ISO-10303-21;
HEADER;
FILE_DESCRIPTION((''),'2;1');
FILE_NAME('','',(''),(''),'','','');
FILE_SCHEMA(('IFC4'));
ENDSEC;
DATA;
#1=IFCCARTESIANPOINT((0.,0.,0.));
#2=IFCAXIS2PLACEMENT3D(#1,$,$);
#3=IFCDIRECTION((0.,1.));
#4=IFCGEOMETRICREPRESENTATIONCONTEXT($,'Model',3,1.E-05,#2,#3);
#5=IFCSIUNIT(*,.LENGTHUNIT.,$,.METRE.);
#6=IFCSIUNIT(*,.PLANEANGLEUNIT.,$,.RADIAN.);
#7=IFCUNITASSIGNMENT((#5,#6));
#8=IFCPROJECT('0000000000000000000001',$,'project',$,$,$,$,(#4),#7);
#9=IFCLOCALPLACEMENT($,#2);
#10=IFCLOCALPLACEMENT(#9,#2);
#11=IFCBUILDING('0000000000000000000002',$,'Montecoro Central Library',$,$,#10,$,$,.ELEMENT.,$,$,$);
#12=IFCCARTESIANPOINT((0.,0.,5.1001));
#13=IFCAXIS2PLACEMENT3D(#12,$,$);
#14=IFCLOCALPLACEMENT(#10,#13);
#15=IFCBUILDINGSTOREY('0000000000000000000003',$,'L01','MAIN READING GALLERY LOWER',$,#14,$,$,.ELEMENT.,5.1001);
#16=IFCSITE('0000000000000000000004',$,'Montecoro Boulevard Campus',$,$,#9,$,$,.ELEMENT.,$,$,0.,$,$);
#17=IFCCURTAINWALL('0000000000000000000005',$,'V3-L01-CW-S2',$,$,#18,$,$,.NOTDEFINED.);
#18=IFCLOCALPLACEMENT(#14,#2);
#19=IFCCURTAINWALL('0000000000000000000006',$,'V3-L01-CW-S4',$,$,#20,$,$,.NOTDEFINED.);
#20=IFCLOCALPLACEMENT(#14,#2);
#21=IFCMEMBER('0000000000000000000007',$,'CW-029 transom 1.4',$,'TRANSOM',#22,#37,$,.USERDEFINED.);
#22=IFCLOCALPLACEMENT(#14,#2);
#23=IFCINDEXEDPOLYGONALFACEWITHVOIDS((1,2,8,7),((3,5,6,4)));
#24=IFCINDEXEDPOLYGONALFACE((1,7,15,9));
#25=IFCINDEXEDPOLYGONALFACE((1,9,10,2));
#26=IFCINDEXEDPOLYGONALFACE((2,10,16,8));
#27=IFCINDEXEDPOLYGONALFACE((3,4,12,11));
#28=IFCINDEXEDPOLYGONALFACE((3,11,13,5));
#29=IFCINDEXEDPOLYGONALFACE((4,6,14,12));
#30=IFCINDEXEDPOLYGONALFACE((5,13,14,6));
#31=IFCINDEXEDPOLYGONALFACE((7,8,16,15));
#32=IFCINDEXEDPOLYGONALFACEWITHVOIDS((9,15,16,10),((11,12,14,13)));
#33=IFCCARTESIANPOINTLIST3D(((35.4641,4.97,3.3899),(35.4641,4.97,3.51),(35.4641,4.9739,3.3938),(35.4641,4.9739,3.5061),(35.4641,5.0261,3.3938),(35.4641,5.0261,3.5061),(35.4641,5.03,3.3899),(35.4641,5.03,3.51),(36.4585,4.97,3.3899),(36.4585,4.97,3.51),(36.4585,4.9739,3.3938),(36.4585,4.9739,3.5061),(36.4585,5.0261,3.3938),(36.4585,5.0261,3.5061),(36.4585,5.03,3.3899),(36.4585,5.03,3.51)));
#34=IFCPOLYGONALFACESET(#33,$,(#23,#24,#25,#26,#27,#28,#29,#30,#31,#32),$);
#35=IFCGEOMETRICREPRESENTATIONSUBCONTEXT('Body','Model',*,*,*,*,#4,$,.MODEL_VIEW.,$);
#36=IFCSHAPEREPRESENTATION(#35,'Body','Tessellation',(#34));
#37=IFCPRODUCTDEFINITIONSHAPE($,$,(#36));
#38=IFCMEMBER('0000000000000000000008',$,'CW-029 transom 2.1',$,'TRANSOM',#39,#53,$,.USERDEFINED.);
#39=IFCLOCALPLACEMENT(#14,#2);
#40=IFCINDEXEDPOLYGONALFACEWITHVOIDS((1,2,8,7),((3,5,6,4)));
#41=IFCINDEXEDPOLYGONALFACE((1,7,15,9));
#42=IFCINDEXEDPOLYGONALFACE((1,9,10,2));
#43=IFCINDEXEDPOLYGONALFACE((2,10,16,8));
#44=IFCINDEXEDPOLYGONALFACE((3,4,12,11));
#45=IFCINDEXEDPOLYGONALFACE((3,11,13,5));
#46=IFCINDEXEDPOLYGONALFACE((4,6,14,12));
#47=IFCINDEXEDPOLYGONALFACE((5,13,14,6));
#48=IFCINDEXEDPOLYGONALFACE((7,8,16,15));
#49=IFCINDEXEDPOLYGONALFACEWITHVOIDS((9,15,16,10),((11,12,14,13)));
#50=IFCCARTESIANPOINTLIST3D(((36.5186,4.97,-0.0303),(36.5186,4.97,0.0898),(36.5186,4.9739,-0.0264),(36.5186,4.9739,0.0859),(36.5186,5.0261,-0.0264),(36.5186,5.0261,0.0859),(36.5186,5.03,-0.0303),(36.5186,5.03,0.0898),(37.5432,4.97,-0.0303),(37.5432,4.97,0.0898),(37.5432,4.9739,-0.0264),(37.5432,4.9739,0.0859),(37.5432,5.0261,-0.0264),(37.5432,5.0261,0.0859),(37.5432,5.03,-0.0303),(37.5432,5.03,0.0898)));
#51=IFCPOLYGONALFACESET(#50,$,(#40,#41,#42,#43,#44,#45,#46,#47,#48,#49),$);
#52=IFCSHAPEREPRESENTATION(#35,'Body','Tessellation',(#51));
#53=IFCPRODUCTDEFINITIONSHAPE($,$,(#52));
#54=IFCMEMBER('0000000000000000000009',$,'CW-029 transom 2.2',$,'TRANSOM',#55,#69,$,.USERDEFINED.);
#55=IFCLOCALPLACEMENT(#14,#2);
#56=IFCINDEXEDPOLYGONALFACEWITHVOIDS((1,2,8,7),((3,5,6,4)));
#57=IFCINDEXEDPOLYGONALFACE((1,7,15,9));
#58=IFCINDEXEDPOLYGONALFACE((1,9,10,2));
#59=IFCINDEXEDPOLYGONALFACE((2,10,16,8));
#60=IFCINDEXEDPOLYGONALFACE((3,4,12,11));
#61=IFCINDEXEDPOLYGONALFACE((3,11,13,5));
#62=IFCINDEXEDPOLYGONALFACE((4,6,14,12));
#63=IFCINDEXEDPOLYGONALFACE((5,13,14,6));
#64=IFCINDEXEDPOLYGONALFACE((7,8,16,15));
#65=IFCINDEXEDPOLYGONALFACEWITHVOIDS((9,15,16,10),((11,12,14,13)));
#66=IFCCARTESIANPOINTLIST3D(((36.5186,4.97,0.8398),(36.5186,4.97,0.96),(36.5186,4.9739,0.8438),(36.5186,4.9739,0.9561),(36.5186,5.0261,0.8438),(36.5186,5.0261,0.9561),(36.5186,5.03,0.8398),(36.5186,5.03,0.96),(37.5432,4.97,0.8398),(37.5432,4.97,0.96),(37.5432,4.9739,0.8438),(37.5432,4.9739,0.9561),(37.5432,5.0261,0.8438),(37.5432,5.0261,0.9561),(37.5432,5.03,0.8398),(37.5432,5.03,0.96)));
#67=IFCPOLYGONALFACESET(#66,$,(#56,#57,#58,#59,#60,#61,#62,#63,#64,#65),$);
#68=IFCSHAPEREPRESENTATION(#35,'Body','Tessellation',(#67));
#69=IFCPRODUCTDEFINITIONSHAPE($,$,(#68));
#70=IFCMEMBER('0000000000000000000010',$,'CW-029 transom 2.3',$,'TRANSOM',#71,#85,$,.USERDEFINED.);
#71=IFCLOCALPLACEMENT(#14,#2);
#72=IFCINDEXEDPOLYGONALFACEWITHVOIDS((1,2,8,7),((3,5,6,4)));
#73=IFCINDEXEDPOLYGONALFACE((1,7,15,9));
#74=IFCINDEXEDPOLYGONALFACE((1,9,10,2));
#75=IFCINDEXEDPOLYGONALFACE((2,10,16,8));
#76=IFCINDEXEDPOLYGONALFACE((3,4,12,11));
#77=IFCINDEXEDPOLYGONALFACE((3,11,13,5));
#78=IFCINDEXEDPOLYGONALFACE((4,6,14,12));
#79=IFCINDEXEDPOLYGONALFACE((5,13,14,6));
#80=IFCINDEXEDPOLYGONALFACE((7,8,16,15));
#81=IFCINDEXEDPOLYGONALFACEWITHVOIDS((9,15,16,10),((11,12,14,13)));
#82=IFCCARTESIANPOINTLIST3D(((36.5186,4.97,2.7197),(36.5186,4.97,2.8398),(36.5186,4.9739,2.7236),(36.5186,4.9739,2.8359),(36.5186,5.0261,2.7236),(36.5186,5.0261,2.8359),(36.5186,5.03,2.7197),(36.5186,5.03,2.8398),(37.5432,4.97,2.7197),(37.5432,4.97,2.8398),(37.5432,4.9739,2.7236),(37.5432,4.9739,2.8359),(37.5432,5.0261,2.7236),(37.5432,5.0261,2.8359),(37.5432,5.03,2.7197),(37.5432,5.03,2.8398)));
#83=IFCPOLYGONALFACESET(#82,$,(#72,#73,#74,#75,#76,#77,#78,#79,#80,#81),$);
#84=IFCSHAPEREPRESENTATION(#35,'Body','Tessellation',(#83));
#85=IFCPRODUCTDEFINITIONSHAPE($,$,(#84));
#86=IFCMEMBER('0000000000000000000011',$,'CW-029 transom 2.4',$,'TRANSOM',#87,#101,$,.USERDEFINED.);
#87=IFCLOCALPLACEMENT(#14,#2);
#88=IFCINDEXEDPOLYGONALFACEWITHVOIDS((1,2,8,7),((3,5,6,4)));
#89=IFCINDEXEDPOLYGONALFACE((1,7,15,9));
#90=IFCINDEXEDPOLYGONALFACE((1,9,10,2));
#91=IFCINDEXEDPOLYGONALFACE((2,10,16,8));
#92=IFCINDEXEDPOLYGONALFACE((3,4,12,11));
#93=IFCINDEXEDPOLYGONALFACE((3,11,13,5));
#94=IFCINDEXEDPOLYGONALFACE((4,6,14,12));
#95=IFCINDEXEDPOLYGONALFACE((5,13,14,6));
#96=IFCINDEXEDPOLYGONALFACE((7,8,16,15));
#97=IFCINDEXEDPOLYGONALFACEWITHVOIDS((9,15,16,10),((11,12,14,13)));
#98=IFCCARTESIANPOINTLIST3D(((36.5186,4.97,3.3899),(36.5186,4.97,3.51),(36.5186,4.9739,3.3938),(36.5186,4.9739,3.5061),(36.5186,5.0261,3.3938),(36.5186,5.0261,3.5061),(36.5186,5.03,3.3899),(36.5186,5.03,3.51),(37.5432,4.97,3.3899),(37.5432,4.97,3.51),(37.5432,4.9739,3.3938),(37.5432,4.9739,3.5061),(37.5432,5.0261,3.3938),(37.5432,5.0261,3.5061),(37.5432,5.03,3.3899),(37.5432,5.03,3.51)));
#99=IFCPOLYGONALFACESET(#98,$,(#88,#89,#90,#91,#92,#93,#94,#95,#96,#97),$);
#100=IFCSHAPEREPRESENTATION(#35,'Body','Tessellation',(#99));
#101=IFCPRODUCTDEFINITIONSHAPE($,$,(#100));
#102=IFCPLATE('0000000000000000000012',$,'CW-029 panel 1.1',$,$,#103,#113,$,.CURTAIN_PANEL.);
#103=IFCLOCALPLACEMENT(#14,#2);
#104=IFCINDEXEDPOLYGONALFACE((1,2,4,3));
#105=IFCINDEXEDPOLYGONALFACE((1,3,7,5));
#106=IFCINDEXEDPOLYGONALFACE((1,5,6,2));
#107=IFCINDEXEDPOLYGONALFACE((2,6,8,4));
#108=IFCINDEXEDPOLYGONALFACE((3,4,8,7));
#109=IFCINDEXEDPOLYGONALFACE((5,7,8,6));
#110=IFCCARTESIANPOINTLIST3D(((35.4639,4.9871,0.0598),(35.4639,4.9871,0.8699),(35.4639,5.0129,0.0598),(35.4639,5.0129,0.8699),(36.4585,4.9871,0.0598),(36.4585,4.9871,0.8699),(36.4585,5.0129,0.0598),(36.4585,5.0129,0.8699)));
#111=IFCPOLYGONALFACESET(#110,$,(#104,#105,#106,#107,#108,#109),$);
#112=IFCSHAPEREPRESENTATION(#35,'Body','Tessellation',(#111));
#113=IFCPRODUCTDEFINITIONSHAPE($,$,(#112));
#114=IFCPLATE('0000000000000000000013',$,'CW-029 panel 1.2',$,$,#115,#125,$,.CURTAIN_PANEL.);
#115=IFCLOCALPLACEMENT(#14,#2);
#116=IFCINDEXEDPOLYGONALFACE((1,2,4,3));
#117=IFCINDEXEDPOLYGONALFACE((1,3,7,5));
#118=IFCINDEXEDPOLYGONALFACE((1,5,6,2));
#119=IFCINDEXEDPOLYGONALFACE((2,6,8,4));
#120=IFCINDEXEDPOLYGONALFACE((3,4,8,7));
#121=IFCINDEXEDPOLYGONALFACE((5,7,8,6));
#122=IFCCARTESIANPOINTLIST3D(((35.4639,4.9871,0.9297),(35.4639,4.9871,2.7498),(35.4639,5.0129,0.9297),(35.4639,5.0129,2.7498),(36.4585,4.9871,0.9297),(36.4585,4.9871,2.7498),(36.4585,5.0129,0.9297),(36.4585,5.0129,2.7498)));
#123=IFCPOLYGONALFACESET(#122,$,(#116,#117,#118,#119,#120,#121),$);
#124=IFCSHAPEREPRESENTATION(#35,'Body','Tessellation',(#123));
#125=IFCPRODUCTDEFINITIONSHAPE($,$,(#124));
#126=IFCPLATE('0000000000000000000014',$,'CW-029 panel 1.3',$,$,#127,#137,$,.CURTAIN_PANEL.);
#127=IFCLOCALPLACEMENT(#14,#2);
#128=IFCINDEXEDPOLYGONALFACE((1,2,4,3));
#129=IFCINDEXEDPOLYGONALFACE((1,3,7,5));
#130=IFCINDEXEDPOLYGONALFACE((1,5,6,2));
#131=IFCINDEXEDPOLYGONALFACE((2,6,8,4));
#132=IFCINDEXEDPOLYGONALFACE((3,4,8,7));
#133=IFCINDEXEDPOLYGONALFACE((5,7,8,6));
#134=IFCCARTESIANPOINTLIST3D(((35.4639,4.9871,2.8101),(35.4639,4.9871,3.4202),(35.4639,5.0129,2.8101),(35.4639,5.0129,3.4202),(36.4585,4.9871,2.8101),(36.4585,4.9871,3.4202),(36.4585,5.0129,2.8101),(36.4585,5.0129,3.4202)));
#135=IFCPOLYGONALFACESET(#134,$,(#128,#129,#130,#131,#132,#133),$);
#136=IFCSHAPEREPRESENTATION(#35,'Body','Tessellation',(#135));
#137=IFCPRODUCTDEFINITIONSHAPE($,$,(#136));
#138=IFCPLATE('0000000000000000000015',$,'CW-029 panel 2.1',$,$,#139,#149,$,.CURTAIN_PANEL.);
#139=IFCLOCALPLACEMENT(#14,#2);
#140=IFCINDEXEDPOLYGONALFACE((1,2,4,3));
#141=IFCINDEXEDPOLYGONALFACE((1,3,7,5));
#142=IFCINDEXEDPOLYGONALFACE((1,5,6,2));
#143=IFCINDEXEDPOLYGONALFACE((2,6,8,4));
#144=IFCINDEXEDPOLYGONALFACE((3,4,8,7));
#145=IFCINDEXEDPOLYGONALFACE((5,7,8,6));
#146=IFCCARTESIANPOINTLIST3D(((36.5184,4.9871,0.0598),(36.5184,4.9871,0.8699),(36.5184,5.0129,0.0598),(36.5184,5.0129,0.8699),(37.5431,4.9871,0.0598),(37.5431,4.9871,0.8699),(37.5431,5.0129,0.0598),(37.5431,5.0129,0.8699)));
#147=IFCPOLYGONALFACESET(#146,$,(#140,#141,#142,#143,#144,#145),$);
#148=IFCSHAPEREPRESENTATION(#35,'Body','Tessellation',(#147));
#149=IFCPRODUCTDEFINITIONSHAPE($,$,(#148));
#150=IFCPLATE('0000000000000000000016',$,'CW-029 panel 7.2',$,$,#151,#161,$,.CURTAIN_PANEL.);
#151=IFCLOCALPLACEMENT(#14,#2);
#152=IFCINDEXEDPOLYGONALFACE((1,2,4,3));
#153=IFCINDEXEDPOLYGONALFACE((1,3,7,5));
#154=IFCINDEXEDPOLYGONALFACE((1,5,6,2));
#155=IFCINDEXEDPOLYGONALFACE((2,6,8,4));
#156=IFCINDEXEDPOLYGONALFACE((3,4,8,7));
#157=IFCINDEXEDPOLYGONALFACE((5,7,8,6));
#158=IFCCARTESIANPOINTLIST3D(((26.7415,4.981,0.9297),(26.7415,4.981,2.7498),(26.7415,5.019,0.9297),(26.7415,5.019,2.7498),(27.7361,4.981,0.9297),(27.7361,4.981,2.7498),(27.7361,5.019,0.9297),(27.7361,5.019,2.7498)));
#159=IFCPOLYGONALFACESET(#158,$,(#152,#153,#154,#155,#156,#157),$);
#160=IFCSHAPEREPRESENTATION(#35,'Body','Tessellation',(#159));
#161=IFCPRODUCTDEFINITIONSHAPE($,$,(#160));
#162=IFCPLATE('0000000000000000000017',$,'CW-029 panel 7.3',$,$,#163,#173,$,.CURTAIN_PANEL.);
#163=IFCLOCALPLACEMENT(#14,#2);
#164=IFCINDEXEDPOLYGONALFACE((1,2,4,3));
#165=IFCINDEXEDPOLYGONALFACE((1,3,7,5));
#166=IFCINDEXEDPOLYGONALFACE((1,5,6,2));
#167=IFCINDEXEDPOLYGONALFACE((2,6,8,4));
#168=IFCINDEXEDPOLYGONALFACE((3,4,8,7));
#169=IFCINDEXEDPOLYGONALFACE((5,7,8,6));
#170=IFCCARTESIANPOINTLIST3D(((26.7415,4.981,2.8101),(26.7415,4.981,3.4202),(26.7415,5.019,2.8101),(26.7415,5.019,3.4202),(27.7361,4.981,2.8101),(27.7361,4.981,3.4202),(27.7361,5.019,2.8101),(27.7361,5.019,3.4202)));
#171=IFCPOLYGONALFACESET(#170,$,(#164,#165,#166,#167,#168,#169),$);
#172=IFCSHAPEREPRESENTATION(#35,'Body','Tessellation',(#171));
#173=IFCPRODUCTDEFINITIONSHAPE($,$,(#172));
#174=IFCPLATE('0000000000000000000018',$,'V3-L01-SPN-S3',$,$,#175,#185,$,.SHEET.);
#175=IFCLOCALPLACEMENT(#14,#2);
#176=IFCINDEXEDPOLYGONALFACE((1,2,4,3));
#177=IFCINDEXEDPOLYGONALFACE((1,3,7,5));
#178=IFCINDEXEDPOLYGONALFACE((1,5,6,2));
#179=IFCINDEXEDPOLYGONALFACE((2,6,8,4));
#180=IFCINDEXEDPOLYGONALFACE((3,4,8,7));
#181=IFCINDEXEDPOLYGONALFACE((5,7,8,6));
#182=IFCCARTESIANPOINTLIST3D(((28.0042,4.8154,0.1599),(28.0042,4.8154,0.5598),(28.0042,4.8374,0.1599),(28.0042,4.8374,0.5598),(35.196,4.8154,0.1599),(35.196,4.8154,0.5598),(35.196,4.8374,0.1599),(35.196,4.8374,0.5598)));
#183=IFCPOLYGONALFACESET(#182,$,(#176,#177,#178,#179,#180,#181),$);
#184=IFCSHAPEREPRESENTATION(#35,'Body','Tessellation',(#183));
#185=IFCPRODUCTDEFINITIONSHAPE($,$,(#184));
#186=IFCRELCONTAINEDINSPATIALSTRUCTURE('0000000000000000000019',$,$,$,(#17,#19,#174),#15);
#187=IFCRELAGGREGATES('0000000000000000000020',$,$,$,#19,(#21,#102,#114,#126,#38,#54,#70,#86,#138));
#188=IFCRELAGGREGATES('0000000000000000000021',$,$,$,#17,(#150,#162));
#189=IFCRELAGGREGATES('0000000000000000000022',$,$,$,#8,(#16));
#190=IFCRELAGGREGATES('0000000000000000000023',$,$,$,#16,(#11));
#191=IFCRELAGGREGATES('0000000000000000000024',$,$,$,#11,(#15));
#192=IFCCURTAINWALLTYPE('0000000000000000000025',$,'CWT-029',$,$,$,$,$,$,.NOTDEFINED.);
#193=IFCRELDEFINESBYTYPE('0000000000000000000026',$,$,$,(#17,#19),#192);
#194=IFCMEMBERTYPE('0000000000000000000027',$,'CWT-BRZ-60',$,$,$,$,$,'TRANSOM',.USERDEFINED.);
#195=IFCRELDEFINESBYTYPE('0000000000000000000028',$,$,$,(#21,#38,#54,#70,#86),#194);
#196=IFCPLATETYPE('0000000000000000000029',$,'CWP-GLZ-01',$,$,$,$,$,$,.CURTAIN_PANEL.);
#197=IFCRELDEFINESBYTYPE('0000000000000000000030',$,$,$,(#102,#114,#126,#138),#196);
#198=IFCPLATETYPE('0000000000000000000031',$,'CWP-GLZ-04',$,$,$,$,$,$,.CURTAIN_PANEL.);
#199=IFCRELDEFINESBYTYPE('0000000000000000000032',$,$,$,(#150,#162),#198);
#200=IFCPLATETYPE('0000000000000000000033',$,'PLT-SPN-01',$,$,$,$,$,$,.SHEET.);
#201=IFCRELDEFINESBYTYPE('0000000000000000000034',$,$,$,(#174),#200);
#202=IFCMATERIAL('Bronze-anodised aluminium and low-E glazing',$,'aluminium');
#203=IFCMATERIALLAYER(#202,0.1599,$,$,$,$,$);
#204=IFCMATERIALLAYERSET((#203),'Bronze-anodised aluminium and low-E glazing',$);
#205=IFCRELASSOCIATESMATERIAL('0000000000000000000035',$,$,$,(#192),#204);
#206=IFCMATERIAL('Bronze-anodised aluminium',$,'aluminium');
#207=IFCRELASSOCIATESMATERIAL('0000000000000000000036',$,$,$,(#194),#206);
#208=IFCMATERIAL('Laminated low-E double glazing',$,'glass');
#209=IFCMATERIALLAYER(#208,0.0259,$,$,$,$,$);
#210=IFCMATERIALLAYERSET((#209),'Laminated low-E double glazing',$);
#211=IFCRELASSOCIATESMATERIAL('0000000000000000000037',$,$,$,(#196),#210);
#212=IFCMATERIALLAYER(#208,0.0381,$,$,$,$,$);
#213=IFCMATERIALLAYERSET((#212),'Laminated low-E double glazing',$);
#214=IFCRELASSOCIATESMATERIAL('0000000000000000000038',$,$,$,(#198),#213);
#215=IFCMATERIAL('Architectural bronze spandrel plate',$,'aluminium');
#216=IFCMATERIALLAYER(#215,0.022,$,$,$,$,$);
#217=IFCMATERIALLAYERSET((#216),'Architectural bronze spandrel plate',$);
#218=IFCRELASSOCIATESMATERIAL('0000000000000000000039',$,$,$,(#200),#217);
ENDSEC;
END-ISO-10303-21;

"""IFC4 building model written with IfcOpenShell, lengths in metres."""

from ifc_helpers import new_model, si_unit, direction, frame, origin, origin_2d, place, context, subcontext, project, spatial, rectangle, hollow_rectangle, extrude, material, layer, layer_set, material_profile, profile_set, type_object, element, aggregate, save


model = new_model("IFC4")

# Units and contexts
model_context = context("Model", 3, precision=1e-05, world=origin(), true_north=direction((0.0, 1.0)))
body_context = subcontext(model_context, "Body", "Model", "MODEL_VIEW")
ifc_project = project(units=[si_unit("LENGTHUNIT", "METRE"), si_unit("PLANEANGLEUNIT", "RADIAN")], contexts=[model_context])

# Site, building, storey
site_placement = place(None, origin())
site = spatial("IfcSite", under=ifc_project, at=site_placement, Name="Montecoro Boulevard Campus", CompositionType="ELEMENT", RefElevation=0.0)
building_placement = place(site_placement, origin())
building = spatial("IfcBuilding", under=site, at=building_placement, Name="Montecoro Central Library", CompositionType="ELEMENT")
storey_placement = place(building_placement, frame((0.0, 0.0, 5.1001)))
storey = spatial("IfcBuildingStorey", under=building, at=storey_placement, Name="L01", Description="MAIN READING GALLERY LOWER", CompositionType="ELEMENT", Elevation=5.1001)

# Curtain wall
ifc_material_1 = material(Name="Bronze-anodised aluminium and low-E glazing", Category="aluminium")
ifc_layer_1 = layer(ifc_material_1, 0.1599)
ifc_layer_set_1 = layer_set([ifc_layer_1], Name="Bronze-anodised aluminium and low-E glazing")
curtain_wall_type = type_object("IfcCurtainWallType", Name="CWT-029", PredefinedType="NOTDEFINED", material=ifc_layer_set_1)
curtain_wall_1_placement = place(storey_placement, origin())
curtain_wall_1 = element("IfcCurtainWall", 1, at=curtain_wall_1_placement, inside=storey, type_object=curtain_wall_type, Name="V3-L01-CW-S2", PredefinedType="NOTDEFINED")
ifc_material_2 = material(Name="Bronze-anodised aluminium", Category="aluminium")

# Curtain wall, members, plates
curtain_wall_2_placement = place(storey_placement, origin())
curtain_wall_2 = element("IfcCurtainWall", 2, at=curtain_wall_2_placement, inside=storey, type_object=curtain_wall_type, Name="V3-L01-CW-S4", PredefinedType="NOTDEFINED")
ifc_material_profile_1 = material_profile(ifc_material_2, hollow_rectangle(XDim=0.0601, YDim=0.1201, WallThickness=0.0039, at=origin_2d()), Name="CWT 120x60x4.0")
ifc_profile_set_1 = profile_set([ifc_material_profile_1], Name="Bronze-anodised aluminium")
member_type_1 = type_object("IfcMemberType", Name="CWT-BRZ-60", ElementType="TRANSOM", PredefinedType="USERDEFINED", material=ifc_profile_set_1)
member_1_placement = place(storey_placement, frame((35.4641, 5.0, 3.45), z_axis=(1.0, 0.0, 0.0), x_axis=(0.0, 1.0, 0.0)))
member_1 = element("IfcMember", 3, at=member_1_placement, type_object=member_type_1, Name="CW-029 transom 1.4", ObjectType="TRANSOM", PredefinedType="USERDEFINED", context=body_context, shape_type="SweptSolid", body=[
    extrude(hollow_rectangle(XDim=0.0601, YDim=0.1201, WallThickness=0.0039, at=origin_2d()), origin(), (0.0, 0.0, 1.0), 0.9944),
])
member_2_placement = place(storey_placement, frame((36.5186, 5.0, 0.0298), z_axis=(1.0, 0.0, 0.0), x_axis=(0.0, 1.0, 0.0)))
member_2 = element("IfcMember", 4, at=member_2_placement, type_object=member_type_1, Name="CW-029 transom 2.1", ObjectType="TRANSOM", PredefinedType="USERDEFINED", context=body_context, shape_type="SweptSolid", body=[
    extrude(hollow_rectangle(XDim=0.0601, YDim=0.1201, WallThickness=0.0039, at=origin_2d()), origin(), (0.0, 0.0, 1.0), 1.0247),
])
member_3_placement = place(storey_placement, frame((36.5186, 5.0, 0.8999), z_axis=(1.0, 0.0, 0.0), x_axis=(0.0, 1.0, 0.0)))
member_3 = element("IfcMember", 5, at=member_3_placement, type_object=member_type_1, Name="CW-029 transom 2.2", ObjectType="TRANSOM", PredefinedType="USERDEFINED", context=body_context, shape_type="SweptSolid", body=[
    extrude(hollow_rectangle(XDim=0.0601, YDim=0.1201, WallThickness=0.0039, at=origin_2d()), origin(), (0.0, 0.0, 1.0), 1.0247),
])
member_4_placement = place(storey_placement, frame((36.5186, 5.0, 2.7798), z_axis=(1.0, 0.0, 0.0), x_axis=(0.0, 1.0, 0.0)))
member_4 = element("IfcMember", 6, at=member_4_placement, type_object=member_type_1, Name="CW-029 transom 2.3", ObjectType="TRANSOM", PredefinedType="USERDEFINED", context=body_context, shape_type="SweptSolid", body=[
    extrude(hollow_rectangle(XDim=0.0601, YDim=0.1201, WallThickness=0.0039, at=origin_2d()), origin(), (0.0, 0.0, 1.0), 1.0247),
])
member_5_placement = place(storey_placement, frame((36.5186, 5.0, 3.45), z_axis=(1.0, 0.0, 0.0), x_axis=(0.0, 1.0, 0.0)))
member_5 = element("IfcMember", 7, at=member_5_placement, type_object=member_type_1, Name="CW-029 transom 2.4", ObjectType="TRANSOM", PredefinedType="USERDEFINED", context=body_context, shape_type="SweptSolid", body=[
    extrude(hollow_rectangle(XDim=0.0601, YDim=0.1201, WallThickness=0.0039, at=origin_2d()), origin(), (0.0, 0.0, 1.0), 1.0247),
])
ifc_material_3 = material(Name="Laminated low-E double glazing", Category="glass")
ifc_layer_2 = layer(ifc_material_3, 0.0259)
ifc_layer_set_2 = layer_set([ifc_layer_2], Name="Laminated low-E double glazing")
plate_type_1 = type_object("IfcPlateType", Name="CWP-GLZ-01", PredefinedType="CURTAIN_PANEL", material=ifc_layer_set_2)
plate_1_placement = place(storey_placement, frame((35.9612, 5.0, 0.0598), z_axis=(0.0, 0.0, 1.0), x_axis=(1.0, 0.0, 0.0)))
plate_1 = element("IfcPlate", 8, at=plate_1_placement, type_object=plate_type_1, Name="CW-029 panel 1.1", PredefinedType="CURTAIN_PANEL", context=body_context, shape_type="SweptSolid", body=[
    extrude(rectangle(XDim=0.9946, YDim=0.0259, at=origin_2d()), origin(), (0.0, 0.0, 1.0), 0.8101),
])
plate_2_placement = place(storey_placement, frame((35.9612, 5.0, 0.9297), z_axis=(0.0, 0.0, 1.0), x_axis=(1.0, 0.0, 0.0)))
plate_2 = element("IfcPlate", 9, at=plate_2_placement, type_object=plate_type_1, Name="CW-029 panel 1.2", PredefinedType="CURTAIN_PANEL", context=body_context, shape_type="SweptSolid", body=[
    extrude(rectangle(XDim=0.9946, YDim=0.0259, at=origin_2d()), origin(), (0.0, 0.0, 1.0), 1.8201),
])
plate_3_placement = place(storey_placement, frame((35.9612, 5.0, 2.8101), z_axis=(0.0, 0.0, 1.0), x_axis=(1.0, 0.0, 0.0)))
plate_3 = element("IfcPlate", 10, at=plate_3_placement, type_object=plate_type_1, Name="CW-029 panel 1.3", PredefinedType="CURTAIN_PANEL", context=body_context, shape_type="SweptSolid", body=[
    extrude(rectangle(XDim=0.9946, YDim=0.0259, at=origin_2d()), origin(), (0.0, 0.0, 1.0), 0.6101),
])
plate_4_placement = place(storey_placement, frame((37.0308, 5.0, 0.0598), z_axis=(0.0, 0.0, 1.0), x_axis=(1.0, 0.0, 0.0)))
plate_4 = element("IfcPlate", 11, at=plate_4_placement, type_object=plate_type_1, Name="CW-029 panel 2.1", PredefinedType="CURTAIN_PANEL", context=body_context, shape_type="SweptSolid", body=[
    extrude(rectangle(XDim=1.0247, YDim=0.0259, at=origin_2d()), origin(), (0.0, 0.0, 1.0), 0.8101),
])
aggregate(curtain_wall_2, [member_1, plate_1, plate_2, plate_3, member_2, member_3, member_4, member_5, plate_4])

# Plates
ifc_layer_3 = layer(ifc_material_3, 0.0381)
ifc_layer_set_3 = layer_set([ifc_layer_3], Name="Laminated low-E double glazing")
plate_type_2 = type_object("IfcPlateType", Name="CWP-GLZ-04", PredefinedType="CURTAIN_PANEL", material=ifc_layer_set_3)
plate_5_placement = place(storey_placement, frame((27.2388, 5.0, 0.9297), z_axis=(0.0, 0.0, 1.0), x_axis=(1.0, 0.0, 0.0)))
plate_5 = element("IfcPlate", 12, at=plate_5_placement, type_object=plate_type_2, Name="CW-029 panel 7.2", PredefinedType="CURTAIN_PANEL", context=body_context, shape_type="SweptSolid", body=[
    extrude(rectangle(XDim=0.9946, YDim=0.0381, at=origin_2d()), origin(), (0.0, 0.0, 1.0), 1.8201),
])
plate_6_placement = place(storey_placement, frame((27.2388, 5.0, 2.8101), z_axis=(0.0, 0.0, 1.0), x_axis=(1.0, 0.0, 0.0)))
plate_6 = element("IfcPlate", 13, at=plate_6_placement, type_object=plate_type_2, Name="CW-029 panel 7.3", PredefinedType="CURTAIN_PANEL", context=body_context, shape_type="SweptSolid", body=[
    extrude(rectangle(XDim=0.9946, YDim=0.0381, at=origin_2d()), origin(), (0.0, 0.0, 1.0), 0.6101),
])
aggregate(curtain_wall_1, [plate_5, plate_6])
ifc_material_4 = material(Name="Architectural bronze spandrel plate", Category="aluminium")
ifc_layer_4 = layer(ifc_material_4, 0.022)
ifc_layer_set_4 = layer_set([ifc_layer_4], Name="Architectural bronze spandrel plate")
plate_type_3 = type_object("IfcPlateType", Name="PLT-SPN-01", PredefinedType="SHEET", material=ifc_layer_set_4)
plate_7_placement = place(storey_placement, frame((31.6001, 4.8264, 0.1599), z_axis=(0.0, 0.0, 1.0), x_axis=(1.0, 0.0, 0.0)))
element("IfcPlate", 14, at=plate_7_placement, inside=storey, type_object=plate_type_3, Name="V3-L01-SPN-S3", PredefinedType="SHEET", context=body_context, shape_type="SweptSolid", body=[
    extrude(rectangle(XDim=7.1919, YDim=0.022, at=origin_2d()), origin(), (0.0, 0.0, 1.0), 0.3999),
])

save(model, "model.ifc")
